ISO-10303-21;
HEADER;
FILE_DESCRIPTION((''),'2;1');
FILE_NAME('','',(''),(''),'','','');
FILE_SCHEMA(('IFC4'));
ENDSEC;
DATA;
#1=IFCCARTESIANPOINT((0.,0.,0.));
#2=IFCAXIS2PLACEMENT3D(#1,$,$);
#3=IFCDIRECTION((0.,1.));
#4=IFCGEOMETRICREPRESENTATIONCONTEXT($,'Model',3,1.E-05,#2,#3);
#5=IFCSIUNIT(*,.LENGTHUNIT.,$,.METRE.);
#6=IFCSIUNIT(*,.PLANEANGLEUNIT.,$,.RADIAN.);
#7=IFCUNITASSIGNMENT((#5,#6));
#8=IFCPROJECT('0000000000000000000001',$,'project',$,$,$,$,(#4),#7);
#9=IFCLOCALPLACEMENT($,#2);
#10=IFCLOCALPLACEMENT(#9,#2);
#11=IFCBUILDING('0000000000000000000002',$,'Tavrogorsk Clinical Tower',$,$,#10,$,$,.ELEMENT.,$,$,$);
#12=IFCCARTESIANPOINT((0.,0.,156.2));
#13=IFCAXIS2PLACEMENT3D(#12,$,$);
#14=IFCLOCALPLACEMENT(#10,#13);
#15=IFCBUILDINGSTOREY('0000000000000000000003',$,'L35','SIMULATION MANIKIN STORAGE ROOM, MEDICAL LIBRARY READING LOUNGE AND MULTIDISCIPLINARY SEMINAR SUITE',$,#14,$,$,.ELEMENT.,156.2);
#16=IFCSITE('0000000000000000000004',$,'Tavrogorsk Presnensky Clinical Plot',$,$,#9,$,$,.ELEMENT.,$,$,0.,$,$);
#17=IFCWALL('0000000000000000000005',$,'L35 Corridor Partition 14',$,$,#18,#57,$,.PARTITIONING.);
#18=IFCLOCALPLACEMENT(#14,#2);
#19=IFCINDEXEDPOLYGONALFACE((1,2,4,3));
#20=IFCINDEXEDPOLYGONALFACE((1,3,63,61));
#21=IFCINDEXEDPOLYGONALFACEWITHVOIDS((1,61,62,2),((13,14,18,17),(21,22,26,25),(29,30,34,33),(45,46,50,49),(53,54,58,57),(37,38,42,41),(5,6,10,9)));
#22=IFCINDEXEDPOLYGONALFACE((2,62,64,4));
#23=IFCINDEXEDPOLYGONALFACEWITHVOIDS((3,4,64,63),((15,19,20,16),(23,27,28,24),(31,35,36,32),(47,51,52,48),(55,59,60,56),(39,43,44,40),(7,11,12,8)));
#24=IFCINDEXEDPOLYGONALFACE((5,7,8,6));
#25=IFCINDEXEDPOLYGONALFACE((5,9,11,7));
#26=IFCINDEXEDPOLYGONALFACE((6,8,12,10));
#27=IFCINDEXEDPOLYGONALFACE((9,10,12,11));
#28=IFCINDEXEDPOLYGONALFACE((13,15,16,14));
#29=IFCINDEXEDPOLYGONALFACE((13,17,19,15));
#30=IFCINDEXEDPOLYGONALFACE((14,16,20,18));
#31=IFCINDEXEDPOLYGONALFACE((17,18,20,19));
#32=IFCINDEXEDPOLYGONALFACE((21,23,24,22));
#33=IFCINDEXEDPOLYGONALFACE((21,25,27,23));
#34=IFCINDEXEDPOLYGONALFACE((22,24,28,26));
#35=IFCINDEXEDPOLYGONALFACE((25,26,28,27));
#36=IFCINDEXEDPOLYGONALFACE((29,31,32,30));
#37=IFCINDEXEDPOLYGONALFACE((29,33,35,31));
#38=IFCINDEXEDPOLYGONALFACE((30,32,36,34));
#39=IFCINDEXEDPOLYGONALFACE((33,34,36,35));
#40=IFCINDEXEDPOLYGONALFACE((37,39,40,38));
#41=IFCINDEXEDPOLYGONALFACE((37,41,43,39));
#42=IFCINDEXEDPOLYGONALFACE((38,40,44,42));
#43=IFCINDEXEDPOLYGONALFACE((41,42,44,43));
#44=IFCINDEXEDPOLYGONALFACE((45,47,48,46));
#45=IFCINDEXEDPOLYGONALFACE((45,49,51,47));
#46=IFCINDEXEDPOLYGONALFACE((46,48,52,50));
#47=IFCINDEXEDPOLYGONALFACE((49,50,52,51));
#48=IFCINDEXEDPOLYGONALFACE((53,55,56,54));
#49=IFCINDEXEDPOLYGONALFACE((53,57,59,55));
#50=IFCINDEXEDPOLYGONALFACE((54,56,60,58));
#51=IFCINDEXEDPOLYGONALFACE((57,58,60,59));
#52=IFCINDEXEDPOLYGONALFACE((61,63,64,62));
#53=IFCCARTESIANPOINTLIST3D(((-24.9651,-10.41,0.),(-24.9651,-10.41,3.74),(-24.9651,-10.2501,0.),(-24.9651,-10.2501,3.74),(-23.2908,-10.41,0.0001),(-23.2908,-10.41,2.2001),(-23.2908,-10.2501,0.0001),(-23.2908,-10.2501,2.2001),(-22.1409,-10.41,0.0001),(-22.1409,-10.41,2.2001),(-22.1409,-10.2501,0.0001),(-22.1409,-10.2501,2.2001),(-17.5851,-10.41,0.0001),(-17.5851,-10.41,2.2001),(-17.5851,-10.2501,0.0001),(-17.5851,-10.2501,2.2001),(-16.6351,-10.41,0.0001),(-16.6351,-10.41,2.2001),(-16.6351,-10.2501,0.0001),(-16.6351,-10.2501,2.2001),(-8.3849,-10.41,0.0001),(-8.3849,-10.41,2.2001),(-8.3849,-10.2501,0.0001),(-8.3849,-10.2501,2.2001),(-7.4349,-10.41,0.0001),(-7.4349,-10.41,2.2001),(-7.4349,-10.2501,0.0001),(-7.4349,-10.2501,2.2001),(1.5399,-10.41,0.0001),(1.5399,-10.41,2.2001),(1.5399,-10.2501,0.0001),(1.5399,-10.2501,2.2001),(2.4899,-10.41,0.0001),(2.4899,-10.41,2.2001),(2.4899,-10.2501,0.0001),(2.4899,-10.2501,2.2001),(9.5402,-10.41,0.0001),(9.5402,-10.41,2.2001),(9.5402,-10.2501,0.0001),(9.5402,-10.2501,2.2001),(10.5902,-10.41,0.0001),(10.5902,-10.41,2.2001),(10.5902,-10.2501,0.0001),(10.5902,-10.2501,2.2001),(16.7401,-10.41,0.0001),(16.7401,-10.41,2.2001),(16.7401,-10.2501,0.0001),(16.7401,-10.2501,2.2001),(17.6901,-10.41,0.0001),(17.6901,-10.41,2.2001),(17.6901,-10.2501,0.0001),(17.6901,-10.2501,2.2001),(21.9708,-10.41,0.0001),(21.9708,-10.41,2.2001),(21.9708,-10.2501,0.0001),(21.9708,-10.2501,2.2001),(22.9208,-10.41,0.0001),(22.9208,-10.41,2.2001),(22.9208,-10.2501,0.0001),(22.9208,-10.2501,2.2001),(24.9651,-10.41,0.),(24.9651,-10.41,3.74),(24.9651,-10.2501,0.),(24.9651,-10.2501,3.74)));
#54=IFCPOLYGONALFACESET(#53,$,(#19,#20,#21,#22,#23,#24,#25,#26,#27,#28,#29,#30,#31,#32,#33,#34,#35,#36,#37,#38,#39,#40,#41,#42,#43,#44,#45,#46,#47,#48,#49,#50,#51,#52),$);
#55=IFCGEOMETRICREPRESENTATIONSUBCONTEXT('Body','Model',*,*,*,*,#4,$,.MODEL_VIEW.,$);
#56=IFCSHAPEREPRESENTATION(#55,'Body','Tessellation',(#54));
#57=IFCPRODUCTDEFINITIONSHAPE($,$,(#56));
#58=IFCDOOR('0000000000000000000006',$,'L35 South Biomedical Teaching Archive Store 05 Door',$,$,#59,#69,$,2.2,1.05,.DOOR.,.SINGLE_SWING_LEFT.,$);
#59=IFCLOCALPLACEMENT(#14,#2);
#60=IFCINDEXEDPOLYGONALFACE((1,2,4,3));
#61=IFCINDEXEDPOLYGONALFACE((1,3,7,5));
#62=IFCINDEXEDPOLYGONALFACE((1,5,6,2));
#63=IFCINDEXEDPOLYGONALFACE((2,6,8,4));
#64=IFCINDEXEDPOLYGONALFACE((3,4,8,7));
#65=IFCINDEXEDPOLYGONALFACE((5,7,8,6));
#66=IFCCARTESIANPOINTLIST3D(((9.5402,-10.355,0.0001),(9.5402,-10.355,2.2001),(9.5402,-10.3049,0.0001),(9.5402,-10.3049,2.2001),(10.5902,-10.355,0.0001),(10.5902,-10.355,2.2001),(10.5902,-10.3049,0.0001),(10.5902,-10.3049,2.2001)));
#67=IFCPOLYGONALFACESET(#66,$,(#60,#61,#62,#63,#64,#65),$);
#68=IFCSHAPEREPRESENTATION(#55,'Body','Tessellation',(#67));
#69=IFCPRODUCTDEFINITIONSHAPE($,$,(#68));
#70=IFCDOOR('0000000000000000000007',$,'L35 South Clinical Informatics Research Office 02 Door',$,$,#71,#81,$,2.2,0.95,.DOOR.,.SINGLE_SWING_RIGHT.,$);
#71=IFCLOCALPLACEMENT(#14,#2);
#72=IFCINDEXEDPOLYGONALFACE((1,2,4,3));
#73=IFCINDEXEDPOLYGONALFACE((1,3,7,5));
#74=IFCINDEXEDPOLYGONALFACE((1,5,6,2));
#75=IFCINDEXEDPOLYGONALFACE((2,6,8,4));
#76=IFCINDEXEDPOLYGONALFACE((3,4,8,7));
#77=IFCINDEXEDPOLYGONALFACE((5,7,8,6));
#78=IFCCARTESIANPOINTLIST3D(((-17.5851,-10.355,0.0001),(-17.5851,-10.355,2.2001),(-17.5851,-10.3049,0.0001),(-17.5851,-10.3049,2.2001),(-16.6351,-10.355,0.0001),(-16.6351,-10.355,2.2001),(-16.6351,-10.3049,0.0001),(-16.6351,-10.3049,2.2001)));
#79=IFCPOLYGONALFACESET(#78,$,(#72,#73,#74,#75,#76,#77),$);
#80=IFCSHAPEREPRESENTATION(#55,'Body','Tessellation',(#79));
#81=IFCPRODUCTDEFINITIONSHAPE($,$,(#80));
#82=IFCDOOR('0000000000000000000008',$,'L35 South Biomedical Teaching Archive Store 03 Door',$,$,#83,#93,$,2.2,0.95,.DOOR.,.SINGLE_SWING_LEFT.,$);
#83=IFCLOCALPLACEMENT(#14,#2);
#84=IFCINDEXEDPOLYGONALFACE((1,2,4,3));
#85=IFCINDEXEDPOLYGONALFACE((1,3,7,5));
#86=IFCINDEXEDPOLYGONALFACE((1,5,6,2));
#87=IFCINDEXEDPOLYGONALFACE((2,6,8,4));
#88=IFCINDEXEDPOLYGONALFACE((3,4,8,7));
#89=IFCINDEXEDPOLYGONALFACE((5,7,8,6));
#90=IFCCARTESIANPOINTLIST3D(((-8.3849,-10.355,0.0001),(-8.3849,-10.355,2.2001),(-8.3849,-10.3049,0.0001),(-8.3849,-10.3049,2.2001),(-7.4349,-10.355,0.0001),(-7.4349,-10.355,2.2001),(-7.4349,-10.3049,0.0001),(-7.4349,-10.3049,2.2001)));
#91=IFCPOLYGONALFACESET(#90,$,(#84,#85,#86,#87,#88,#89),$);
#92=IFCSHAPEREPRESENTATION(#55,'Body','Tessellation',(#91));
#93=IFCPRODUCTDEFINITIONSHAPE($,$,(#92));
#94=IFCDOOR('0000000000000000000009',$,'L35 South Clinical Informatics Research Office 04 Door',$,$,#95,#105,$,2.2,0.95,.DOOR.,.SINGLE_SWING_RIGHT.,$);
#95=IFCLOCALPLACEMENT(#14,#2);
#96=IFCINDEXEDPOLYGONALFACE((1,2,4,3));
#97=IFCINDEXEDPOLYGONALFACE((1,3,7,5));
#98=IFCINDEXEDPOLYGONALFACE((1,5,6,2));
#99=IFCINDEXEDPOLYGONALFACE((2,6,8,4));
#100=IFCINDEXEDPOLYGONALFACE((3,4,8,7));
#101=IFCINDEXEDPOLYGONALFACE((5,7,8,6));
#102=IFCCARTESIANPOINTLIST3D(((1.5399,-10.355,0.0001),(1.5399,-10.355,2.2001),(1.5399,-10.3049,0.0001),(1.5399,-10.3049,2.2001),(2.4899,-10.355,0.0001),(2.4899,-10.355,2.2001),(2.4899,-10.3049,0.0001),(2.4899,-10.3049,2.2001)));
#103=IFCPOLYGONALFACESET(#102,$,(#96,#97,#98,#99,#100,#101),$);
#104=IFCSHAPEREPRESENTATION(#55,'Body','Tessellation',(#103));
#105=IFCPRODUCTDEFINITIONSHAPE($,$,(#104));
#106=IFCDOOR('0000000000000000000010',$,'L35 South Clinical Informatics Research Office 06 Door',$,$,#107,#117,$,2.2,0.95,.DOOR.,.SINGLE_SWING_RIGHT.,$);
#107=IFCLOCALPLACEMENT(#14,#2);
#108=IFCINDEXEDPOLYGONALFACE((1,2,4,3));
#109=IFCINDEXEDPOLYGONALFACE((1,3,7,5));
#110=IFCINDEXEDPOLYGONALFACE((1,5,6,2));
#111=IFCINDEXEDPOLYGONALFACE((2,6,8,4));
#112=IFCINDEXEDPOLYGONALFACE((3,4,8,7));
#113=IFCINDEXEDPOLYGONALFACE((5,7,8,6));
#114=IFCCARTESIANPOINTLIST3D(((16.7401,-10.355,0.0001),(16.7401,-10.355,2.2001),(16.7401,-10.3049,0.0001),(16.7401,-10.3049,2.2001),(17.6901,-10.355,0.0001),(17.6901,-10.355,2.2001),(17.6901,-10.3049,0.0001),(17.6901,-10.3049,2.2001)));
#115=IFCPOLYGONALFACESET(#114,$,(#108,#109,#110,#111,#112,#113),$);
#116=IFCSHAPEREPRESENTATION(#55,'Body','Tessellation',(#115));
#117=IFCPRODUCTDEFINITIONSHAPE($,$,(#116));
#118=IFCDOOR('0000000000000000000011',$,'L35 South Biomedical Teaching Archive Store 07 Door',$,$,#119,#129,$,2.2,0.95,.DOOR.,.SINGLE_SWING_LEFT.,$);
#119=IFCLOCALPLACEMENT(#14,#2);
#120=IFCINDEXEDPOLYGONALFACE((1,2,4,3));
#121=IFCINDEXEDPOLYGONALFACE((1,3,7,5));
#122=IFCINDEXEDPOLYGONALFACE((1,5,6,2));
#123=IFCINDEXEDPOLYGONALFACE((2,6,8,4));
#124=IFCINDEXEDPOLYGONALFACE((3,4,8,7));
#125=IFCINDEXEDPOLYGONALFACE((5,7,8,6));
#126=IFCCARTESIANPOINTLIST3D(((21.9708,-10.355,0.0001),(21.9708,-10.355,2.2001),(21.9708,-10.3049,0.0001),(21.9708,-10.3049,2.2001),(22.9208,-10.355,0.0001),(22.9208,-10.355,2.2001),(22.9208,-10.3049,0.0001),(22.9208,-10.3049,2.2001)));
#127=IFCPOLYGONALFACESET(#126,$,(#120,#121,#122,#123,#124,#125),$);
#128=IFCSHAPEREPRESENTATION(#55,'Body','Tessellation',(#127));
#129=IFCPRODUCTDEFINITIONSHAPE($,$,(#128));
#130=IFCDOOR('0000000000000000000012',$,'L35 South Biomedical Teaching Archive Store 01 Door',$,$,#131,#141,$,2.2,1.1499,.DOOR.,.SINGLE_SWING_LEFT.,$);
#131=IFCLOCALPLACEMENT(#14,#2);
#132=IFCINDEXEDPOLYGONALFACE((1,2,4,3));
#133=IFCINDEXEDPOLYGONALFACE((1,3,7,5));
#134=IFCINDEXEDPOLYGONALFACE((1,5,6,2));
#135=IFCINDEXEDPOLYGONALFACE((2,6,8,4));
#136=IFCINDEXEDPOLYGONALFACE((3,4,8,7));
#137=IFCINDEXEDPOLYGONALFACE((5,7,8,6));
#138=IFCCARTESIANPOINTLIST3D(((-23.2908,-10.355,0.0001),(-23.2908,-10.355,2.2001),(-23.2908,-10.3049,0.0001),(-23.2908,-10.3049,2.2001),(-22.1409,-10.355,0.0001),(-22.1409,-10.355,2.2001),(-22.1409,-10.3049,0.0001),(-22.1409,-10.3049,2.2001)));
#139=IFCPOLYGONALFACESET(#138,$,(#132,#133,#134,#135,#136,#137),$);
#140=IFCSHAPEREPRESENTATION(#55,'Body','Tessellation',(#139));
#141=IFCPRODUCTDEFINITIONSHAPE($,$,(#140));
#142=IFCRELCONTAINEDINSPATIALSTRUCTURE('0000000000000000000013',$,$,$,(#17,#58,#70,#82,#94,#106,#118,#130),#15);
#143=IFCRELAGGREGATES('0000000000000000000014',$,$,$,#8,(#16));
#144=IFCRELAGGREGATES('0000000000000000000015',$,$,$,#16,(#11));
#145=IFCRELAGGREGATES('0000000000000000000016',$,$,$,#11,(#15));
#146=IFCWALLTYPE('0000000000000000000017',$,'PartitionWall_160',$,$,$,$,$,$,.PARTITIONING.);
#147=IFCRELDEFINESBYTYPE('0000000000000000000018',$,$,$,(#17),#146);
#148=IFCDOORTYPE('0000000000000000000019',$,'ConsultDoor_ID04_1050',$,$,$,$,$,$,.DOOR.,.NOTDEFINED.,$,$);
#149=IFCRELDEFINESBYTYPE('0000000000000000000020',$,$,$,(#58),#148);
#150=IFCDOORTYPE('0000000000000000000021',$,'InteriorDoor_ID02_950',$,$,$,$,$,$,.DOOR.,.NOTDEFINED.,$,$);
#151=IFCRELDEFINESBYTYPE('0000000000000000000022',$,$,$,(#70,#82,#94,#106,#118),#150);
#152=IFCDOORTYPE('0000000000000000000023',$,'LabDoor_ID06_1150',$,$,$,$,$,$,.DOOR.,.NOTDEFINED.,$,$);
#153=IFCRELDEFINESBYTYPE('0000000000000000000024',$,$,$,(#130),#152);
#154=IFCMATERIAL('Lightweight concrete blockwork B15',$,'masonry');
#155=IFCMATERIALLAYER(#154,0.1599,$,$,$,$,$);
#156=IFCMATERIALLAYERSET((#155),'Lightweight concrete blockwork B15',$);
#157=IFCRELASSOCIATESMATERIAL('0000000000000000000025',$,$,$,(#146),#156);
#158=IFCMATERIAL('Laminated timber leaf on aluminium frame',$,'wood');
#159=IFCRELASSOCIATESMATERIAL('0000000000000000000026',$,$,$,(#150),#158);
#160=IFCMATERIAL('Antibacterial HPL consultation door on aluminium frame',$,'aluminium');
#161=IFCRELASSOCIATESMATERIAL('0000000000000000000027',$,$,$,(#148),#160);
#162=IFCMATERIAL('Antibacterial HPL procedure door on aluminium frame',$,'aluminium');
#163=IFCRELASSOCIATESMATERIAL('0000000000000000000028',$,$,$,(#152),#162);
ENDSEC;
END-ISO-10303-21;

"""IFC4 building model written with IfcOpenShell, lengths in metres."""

from ifc_helpers import new_model, si_unit, direction, frame, frame_2d, origin, place, context, subcontext, project, spatial, rectangle, extrude, material, layer, layer_set, type_object, element, fill, save


model = new_model("IFC4")

# Units and contexts
model_context = context("Model", 3, precision=1e-05, world=origin(), true_north=direction((0.0, 1.0)))
body_context = subcontext(model_context, "Body", "Model", "MODEL_VIEW")
ifc_project = project(units=[si_unit("LENGTHUNIT", "METRE"), si_unit("PLANEANGLEUNIT", "RADIAN")], contexts=[model_context])

# Site, building, storey
site_placement = place(None, origin())
site = spatial("IfcSite", under=ifc_project, at=site_placement, Name="Tavrogorsk Presnensky Clinical Plot", CompositionType="ELEMENT", RefElevation=0.0)
building_placement = place(site_placement, origin())
building = spatial("IfcBuilding", under=site, at=building_placement, Name="Tavrogorsk Clinical Tower", CompositionType="ELEMENT")
storey_placement = place(building_placement, frame((0.0, 0.0, 156.2)))
storey = spatial("IfcBuildingStorey", under=building, at=storey_placement, Name="L35", Description="SIMULATION MANIKIN STORAGE ROOM, MEDICAL LIBRARY READING LOUNGE AND MULTIDISCIPLINARY SEMINAR SUITE", CompositionType="ELEMENT", Elevation=156.2)

# Shared definitions
ifc_material_1 = material(Name="Lightweight concrete blockwork B15", Category="masonry")
ifc_layer = layer(ifc_material_1, 0.1599)
ifc_layer_set = layer_set([ifc_layer], Name="Lightweight concrete blockwork B15")
wall_type = type_object("IfcWallType", Name="PartitionWall_160", PredefinedType="PARTITIONING", material=ifc_layer_set)
ifc_material_2 = material(Name="Laminated timber leaf on aluminium frame", Category="wood")
door_type_1 = type_object("IfcDoorType", Name="InteriorDoor_ID02_950", OperationType="NOTDEFINED", PredefinedType="DOOR", material=ifc_material_2)

# Wall, openings, doors
wall_1_placement = place(storey_placement, frame((24.9651, -10.3301, 0.0), z_axis=(0.0, 0.0, 1.0), x_axis=(-1.0, 0.0, 0.0)))
wall_1 = element("IfcWall", 1, at=wall_1_placement, inside=storey, type_object=wall_type, Name="L35 Corridor Partition 14", PredefinedType="PARTITIONING", context=body_context, shape_type="SweptSolid", body=[
    extrude(rectangle(XDim=49.9302, YDim=0.1599, at=frame_2d((24.9651, 0.0))), origin(), (0.0, 0.0, 1.0), 3.74),
])
opening_1_placement = place(wall_1_placement, frame((47.106, 0.0, 0.0)))
opening_1 = element("IfcOpeningElement", 2, at=opening_1_placement, cuts=wall_1, PredefinedType="OPENING", context=body_context, shape_type="SweptSolid", body=[
    extrude(rectangle(XDim=1.1499, YDim=2.2, at=frame_2d((0.575, 1.1001))), frame((0.0, 0.0898, 0.0), z_axis=(0.0, -1.0, 0.0), x_axis=(1.0, 0.0, 0.0)), (0.0, 0.0, 1.0), 0.1799),
])
opening_2_placement = place(wall_1_placement, frame((41.6001, 0.0, 0.0)))
opening_2 = element("IfcOpeningElement", 3, at=opening_2_placement, cuts=wall_1, PredefinedType="OPENING", context=body_context, shape_type="SweptSolid", body=[
    extrude(rectangle(XDim=0.95, YDim=2.2, at=frame_2d((0.4751, 1.1001))), frame((0.0, 0.0898, 0.0), z_axis=(0.0, -1.0, 0.0), x_axis=(1.0, 0.0, 0.0)), (0.0, 0.0, 1.0), 0.1799),
])
opening_3_placement = place(wall_1_placement, frame((32.3999, 0.0, 0.0)))
opening_3 = element("IfcOpeningElement", 4, at=opening_3_placement, cuts=wall_1, PredefinedType="OPENING", context=body_context, shape_type="SweptSolid", body=[
    extrude(rectangle(XDim=0.95, YDim=2.2, at=frame_2d((0.4751, 1.1001))), frame((0.0, 0.0898, 0.0), z_axis=(0.0, -1.0, 0.0), x_axis=(1.0, 0.0, 0.0)), (0.0, 0.0, 1.0), 0.1799),
])
opening_4_placement = place(wall_1_placement, frame((22.4751, 0.0, 0.0)))
opening_4 = element("IfcOpeningElement", 5, at=opening_4_placement, cuts=wall_1, PredefinedType="OPENING", context=body_context, shape_type="SweptSolid", body=[
    extrude(rectangle(XDim=0.95, YDim=2.2, at=frame_2d((0.4751, 1.1001))), frame((0.0, 0.0898, 0.0), z_axis=(0.0, -1.0, 0.0), x_axis=(1.0, 0.0, 0.0)), (0.0, 0.0, 1.0), 0.1799),
])
opening_5_placement = place(wall_1_placement, frame((14.375, 0.0, 0.0)))
opening_5 = element("IfcOpeningElement", 6, at=opening_5_placement, cuts=wall_1, PredefinedType="OPENING", context=body_context, shape_type="SweptSolid", body=[
    extrude(rectangle(XDim=1.05, YDim=2.2, at=frame_2d((0.5249, 1.1001))), frame((0.0, 0.0898, 0.0), z_axis=(0.0, -1.0, 0.0), x_axis=(1.0, 0.0, 0.0)), (0.0, 0.0, 1.0), 0.1799),
])
opening_6_placement = place(wall_1_placement, frame((7.2749, 0.0, 0.0)))
opening_6 = element("IfcOpeningElement", 7, at=opening_6_placement, cuts=wall_1, PredefinedType="OPENING", context=body_context, shape_type="SweptSolid", body=[
    extrude(rectangle(XDim=0.95, YDim=2.2, at=frame_2d((0.4751, 1.1001))), frame((0.0, 0.0898, 0.0), z_axis=(0.0, -1.0, 0.0), x_axis=(1.0, 0.0, 0.0)), (0.0, 0.0, 1.0), 0.1799),
])
opening_7_placement = place(wall_1_placement, frame((2.0442, 0.0, 0.0)))
opening_7 = element("IfcOpeningElement", 8, at=opening_7_placement, cuts=wall_1, PredefinedType="OPENING", context=body_context, shape_type="SweptSolid", body=[
    extrude(rectangle(XDim=0.95, YDim=2.2, at=frame_2d((0.4751, 1.1001))), frame((0.0, 0.0898, 0.0), z_axis=(0.0, -1.0, 0.0), x_axis=(1.0, 0.0, 0.0)), (0.0, 0.0, 1.0), 0.1799),
])
ifc_material_3 = material(Name="Antibacterial HPL consultation door on aluminium frame", Category="aluminium")
door_type_2 = type_object("IfcDoorType", Name="ConsultDoor_ID04_1050", OperationType="NOTDEFINED", PredefinedType="DOOR", material=ifc_material_3)
door_1_placement = place(opening_5_placement, origin())
door_1 = element("IfcDoor", 9, at=door_1_placement, inside=storey, type_object=door_type_2, Name="L35 South Biomedical Teaching Archive Store 05 Door", OperationType="SINGLE_SWING_LEFT", OverallHeight=2.2, OverallWidth=1.05, PredefinedType="DOOR", context=body_context, shape_type="SweptSolid", body=[
    extrude(rectangle(XDim=1.05, YDim=2.2, at=frame_2d((0.5249, 1.1001))), frame((0.0, 0.0249, 0.0), z_axis=(0.0, -1.0, 0.0), x_axis=(1.0, 0.0, 0.0)), (0.0, 0.0, 1.0), 0.05),
])
fill(opening_5, door_1)
door_2_placement = place(opening_2_placement, origin())
door_2 = element("IfcDoor", 10, at=door_2_placement, inside=storey, type_object=door_type_1, Name="L35 South Clinical Informatics Research Office 02 Door", OperationType="SINGLE_SWING_RIGHT", OverallHeight=2.2, OverallWidth=0.95, PredefinedType="DOOR", context=body_context, shape_type="SweptSolid", body=[
    extrude(rectangle(XDim=0.95, YDim=2.2, at=frame_2d((0.4751, 1.1001))), frame((0.0, 0.0249, 0.0), z_axis=(0.0, -1.0, 0.0), x_axis=(1.0, 0.0, 0.0)), (0.0, 0.0, 1.0), 0.05),
])
fill(opening_2, door_2)
door_3_placement = place(opening_3_placement, origin())
door_3 = element("IfcDoor", 11, at=door_3_placement, inside=storey, type_object=door_type_1, Name="L35 South Biomedical Teaching Archive Store 03 Door", OperationType="SINGLE_SWING_LEFT", OverallHeight=2.2, OverallWidth=0.95, PredefinedType="DOOR", context=body_context, shape_type="SweptSolid", body=[
    extrude(rectangle(XDim=0.95, YDim=2.2, at=frame_2d((0.4751, 1.1001))), frame((0.0, 0.0249, 0.0), z_axis=(0.0, -1.0, 0.0), x_axis=(1.0, 0.0, 0.0)), (0.0, 0.0, 1.0), 0.05),
])
fill(opening_3, door_3)
door_4_placement = place(opening_4_placement, origin())
door_4 = element("IfcDoor", 12, at=door_4_placement, inside=storey, type_object=door_type_1, Name="L35 South Clinical Informatics Research Office 04 Door", OperationType="SINGLE_SWING_RIGHT", OverallHeight=2.2, OverallWidth=0.95, PredefinedType="DOOR", context=body_context, shape_type="SweptSolid", body=[
    extrude(rectangle(XDim=0.95, YDim=2.2, at=frame_2d((0.4751, 1.1001))), frame((0.0, 0.0249, 0.0), z_axis=(0.0, -1.0, 0.0), x_axis=(1.0, 0.0, 0.0)), (0.0, 0.0, 1.0), 0.05),
])
fill(opening_4, door_4)
door_5_placement = place(opening_6_placement, origin())
door_5 = element("IfcDoor", 13, at=door_5_placement, inside=storey, type_object=door_type_1, Name="L35 South Clinical Informatics Research Office 06 Door", OperationType="SINGLE_SWING_RIGHT", OverallHeight=2.2, OverallWidth=0.95, PredefinedType="DOOR", context=body_context, shape_type="SweptSolid", body=[
    extrude(rectangle(XDim=0.95, YDim=2.2, at=frame_2d((0.4751, 1.1001))), frame((0.0, 0.0249, 0.0), z_axis=(0.0, -1.0, 0.0), x_axis=(1.0, 0.0, 0.0)), (0.0, 0.0, 1.0), 0.05),
])
fill(opening_6, door_5)
door_6_placement = place(opening_7_placement, origin())
door_6 = element("IfcDoor", 14, at=door_6_placement, inside=storey, type_object=door_type_1, Name="L35 South Biomedical Teaching Archive Store 07 Door", OperationType="SINGLE_SWING_LEFT", OverallHeight=2.2, OverallWidth=0.95, PredefinedType="DOOR", context=body_context, shape_type="SweptSolid", body=[
    extrude(rectangle(XDim=0.95, YDim=2.2, at=frame_2d((0.4751, 1.1001))), frame((0.0, 0.0249, 0.0), z_axis=(0.0, -1.0, 0.0), x_axis=(1.0, 0.0, 0.0)), (0.0, 0.0, 1.0), 0.05),
])
fill(opening_7, door_6)
ifc_material_4 = material(Name="Antibacterial HPL procedure door on aluminium frame", Category="aluminium")
door_type_3 = type_object("IfcDoorType", Name="LabDoor_ID06_1150", OperationType="NOTDEFINED", PredefinedType="DOOR", material=ifc_material_4)
door_7_placement = place(opening_1_placement, origin())
door_7 = element("IfcDoor", 15, at=door_7_placement, inside=storey, type_object=door_type_3, Name="L35 South Biomedical Teaching Archive Store 01 Door", OperationType="SINGLE_SWING_LEFT", OverallHeight=2.2, OverallWidth=1.1499, PredefinedType="DOOR", context=body_context, shape_type="SweptSolid", body=[
    extrude(rectangle(XDim=1.1499, YDim=2.2, at=frame_2d((0.575, 1.1001))), frame((0.0, 0.0249, 0.0), z_axis=(0.0, -1.0, 0.0), x_axis=(1.0, 0.0, 0.0)), (0.0, 0.0, 1.0), 0.05),
])
fill(opening_1, door_7)

save(model, "model.ifc")
